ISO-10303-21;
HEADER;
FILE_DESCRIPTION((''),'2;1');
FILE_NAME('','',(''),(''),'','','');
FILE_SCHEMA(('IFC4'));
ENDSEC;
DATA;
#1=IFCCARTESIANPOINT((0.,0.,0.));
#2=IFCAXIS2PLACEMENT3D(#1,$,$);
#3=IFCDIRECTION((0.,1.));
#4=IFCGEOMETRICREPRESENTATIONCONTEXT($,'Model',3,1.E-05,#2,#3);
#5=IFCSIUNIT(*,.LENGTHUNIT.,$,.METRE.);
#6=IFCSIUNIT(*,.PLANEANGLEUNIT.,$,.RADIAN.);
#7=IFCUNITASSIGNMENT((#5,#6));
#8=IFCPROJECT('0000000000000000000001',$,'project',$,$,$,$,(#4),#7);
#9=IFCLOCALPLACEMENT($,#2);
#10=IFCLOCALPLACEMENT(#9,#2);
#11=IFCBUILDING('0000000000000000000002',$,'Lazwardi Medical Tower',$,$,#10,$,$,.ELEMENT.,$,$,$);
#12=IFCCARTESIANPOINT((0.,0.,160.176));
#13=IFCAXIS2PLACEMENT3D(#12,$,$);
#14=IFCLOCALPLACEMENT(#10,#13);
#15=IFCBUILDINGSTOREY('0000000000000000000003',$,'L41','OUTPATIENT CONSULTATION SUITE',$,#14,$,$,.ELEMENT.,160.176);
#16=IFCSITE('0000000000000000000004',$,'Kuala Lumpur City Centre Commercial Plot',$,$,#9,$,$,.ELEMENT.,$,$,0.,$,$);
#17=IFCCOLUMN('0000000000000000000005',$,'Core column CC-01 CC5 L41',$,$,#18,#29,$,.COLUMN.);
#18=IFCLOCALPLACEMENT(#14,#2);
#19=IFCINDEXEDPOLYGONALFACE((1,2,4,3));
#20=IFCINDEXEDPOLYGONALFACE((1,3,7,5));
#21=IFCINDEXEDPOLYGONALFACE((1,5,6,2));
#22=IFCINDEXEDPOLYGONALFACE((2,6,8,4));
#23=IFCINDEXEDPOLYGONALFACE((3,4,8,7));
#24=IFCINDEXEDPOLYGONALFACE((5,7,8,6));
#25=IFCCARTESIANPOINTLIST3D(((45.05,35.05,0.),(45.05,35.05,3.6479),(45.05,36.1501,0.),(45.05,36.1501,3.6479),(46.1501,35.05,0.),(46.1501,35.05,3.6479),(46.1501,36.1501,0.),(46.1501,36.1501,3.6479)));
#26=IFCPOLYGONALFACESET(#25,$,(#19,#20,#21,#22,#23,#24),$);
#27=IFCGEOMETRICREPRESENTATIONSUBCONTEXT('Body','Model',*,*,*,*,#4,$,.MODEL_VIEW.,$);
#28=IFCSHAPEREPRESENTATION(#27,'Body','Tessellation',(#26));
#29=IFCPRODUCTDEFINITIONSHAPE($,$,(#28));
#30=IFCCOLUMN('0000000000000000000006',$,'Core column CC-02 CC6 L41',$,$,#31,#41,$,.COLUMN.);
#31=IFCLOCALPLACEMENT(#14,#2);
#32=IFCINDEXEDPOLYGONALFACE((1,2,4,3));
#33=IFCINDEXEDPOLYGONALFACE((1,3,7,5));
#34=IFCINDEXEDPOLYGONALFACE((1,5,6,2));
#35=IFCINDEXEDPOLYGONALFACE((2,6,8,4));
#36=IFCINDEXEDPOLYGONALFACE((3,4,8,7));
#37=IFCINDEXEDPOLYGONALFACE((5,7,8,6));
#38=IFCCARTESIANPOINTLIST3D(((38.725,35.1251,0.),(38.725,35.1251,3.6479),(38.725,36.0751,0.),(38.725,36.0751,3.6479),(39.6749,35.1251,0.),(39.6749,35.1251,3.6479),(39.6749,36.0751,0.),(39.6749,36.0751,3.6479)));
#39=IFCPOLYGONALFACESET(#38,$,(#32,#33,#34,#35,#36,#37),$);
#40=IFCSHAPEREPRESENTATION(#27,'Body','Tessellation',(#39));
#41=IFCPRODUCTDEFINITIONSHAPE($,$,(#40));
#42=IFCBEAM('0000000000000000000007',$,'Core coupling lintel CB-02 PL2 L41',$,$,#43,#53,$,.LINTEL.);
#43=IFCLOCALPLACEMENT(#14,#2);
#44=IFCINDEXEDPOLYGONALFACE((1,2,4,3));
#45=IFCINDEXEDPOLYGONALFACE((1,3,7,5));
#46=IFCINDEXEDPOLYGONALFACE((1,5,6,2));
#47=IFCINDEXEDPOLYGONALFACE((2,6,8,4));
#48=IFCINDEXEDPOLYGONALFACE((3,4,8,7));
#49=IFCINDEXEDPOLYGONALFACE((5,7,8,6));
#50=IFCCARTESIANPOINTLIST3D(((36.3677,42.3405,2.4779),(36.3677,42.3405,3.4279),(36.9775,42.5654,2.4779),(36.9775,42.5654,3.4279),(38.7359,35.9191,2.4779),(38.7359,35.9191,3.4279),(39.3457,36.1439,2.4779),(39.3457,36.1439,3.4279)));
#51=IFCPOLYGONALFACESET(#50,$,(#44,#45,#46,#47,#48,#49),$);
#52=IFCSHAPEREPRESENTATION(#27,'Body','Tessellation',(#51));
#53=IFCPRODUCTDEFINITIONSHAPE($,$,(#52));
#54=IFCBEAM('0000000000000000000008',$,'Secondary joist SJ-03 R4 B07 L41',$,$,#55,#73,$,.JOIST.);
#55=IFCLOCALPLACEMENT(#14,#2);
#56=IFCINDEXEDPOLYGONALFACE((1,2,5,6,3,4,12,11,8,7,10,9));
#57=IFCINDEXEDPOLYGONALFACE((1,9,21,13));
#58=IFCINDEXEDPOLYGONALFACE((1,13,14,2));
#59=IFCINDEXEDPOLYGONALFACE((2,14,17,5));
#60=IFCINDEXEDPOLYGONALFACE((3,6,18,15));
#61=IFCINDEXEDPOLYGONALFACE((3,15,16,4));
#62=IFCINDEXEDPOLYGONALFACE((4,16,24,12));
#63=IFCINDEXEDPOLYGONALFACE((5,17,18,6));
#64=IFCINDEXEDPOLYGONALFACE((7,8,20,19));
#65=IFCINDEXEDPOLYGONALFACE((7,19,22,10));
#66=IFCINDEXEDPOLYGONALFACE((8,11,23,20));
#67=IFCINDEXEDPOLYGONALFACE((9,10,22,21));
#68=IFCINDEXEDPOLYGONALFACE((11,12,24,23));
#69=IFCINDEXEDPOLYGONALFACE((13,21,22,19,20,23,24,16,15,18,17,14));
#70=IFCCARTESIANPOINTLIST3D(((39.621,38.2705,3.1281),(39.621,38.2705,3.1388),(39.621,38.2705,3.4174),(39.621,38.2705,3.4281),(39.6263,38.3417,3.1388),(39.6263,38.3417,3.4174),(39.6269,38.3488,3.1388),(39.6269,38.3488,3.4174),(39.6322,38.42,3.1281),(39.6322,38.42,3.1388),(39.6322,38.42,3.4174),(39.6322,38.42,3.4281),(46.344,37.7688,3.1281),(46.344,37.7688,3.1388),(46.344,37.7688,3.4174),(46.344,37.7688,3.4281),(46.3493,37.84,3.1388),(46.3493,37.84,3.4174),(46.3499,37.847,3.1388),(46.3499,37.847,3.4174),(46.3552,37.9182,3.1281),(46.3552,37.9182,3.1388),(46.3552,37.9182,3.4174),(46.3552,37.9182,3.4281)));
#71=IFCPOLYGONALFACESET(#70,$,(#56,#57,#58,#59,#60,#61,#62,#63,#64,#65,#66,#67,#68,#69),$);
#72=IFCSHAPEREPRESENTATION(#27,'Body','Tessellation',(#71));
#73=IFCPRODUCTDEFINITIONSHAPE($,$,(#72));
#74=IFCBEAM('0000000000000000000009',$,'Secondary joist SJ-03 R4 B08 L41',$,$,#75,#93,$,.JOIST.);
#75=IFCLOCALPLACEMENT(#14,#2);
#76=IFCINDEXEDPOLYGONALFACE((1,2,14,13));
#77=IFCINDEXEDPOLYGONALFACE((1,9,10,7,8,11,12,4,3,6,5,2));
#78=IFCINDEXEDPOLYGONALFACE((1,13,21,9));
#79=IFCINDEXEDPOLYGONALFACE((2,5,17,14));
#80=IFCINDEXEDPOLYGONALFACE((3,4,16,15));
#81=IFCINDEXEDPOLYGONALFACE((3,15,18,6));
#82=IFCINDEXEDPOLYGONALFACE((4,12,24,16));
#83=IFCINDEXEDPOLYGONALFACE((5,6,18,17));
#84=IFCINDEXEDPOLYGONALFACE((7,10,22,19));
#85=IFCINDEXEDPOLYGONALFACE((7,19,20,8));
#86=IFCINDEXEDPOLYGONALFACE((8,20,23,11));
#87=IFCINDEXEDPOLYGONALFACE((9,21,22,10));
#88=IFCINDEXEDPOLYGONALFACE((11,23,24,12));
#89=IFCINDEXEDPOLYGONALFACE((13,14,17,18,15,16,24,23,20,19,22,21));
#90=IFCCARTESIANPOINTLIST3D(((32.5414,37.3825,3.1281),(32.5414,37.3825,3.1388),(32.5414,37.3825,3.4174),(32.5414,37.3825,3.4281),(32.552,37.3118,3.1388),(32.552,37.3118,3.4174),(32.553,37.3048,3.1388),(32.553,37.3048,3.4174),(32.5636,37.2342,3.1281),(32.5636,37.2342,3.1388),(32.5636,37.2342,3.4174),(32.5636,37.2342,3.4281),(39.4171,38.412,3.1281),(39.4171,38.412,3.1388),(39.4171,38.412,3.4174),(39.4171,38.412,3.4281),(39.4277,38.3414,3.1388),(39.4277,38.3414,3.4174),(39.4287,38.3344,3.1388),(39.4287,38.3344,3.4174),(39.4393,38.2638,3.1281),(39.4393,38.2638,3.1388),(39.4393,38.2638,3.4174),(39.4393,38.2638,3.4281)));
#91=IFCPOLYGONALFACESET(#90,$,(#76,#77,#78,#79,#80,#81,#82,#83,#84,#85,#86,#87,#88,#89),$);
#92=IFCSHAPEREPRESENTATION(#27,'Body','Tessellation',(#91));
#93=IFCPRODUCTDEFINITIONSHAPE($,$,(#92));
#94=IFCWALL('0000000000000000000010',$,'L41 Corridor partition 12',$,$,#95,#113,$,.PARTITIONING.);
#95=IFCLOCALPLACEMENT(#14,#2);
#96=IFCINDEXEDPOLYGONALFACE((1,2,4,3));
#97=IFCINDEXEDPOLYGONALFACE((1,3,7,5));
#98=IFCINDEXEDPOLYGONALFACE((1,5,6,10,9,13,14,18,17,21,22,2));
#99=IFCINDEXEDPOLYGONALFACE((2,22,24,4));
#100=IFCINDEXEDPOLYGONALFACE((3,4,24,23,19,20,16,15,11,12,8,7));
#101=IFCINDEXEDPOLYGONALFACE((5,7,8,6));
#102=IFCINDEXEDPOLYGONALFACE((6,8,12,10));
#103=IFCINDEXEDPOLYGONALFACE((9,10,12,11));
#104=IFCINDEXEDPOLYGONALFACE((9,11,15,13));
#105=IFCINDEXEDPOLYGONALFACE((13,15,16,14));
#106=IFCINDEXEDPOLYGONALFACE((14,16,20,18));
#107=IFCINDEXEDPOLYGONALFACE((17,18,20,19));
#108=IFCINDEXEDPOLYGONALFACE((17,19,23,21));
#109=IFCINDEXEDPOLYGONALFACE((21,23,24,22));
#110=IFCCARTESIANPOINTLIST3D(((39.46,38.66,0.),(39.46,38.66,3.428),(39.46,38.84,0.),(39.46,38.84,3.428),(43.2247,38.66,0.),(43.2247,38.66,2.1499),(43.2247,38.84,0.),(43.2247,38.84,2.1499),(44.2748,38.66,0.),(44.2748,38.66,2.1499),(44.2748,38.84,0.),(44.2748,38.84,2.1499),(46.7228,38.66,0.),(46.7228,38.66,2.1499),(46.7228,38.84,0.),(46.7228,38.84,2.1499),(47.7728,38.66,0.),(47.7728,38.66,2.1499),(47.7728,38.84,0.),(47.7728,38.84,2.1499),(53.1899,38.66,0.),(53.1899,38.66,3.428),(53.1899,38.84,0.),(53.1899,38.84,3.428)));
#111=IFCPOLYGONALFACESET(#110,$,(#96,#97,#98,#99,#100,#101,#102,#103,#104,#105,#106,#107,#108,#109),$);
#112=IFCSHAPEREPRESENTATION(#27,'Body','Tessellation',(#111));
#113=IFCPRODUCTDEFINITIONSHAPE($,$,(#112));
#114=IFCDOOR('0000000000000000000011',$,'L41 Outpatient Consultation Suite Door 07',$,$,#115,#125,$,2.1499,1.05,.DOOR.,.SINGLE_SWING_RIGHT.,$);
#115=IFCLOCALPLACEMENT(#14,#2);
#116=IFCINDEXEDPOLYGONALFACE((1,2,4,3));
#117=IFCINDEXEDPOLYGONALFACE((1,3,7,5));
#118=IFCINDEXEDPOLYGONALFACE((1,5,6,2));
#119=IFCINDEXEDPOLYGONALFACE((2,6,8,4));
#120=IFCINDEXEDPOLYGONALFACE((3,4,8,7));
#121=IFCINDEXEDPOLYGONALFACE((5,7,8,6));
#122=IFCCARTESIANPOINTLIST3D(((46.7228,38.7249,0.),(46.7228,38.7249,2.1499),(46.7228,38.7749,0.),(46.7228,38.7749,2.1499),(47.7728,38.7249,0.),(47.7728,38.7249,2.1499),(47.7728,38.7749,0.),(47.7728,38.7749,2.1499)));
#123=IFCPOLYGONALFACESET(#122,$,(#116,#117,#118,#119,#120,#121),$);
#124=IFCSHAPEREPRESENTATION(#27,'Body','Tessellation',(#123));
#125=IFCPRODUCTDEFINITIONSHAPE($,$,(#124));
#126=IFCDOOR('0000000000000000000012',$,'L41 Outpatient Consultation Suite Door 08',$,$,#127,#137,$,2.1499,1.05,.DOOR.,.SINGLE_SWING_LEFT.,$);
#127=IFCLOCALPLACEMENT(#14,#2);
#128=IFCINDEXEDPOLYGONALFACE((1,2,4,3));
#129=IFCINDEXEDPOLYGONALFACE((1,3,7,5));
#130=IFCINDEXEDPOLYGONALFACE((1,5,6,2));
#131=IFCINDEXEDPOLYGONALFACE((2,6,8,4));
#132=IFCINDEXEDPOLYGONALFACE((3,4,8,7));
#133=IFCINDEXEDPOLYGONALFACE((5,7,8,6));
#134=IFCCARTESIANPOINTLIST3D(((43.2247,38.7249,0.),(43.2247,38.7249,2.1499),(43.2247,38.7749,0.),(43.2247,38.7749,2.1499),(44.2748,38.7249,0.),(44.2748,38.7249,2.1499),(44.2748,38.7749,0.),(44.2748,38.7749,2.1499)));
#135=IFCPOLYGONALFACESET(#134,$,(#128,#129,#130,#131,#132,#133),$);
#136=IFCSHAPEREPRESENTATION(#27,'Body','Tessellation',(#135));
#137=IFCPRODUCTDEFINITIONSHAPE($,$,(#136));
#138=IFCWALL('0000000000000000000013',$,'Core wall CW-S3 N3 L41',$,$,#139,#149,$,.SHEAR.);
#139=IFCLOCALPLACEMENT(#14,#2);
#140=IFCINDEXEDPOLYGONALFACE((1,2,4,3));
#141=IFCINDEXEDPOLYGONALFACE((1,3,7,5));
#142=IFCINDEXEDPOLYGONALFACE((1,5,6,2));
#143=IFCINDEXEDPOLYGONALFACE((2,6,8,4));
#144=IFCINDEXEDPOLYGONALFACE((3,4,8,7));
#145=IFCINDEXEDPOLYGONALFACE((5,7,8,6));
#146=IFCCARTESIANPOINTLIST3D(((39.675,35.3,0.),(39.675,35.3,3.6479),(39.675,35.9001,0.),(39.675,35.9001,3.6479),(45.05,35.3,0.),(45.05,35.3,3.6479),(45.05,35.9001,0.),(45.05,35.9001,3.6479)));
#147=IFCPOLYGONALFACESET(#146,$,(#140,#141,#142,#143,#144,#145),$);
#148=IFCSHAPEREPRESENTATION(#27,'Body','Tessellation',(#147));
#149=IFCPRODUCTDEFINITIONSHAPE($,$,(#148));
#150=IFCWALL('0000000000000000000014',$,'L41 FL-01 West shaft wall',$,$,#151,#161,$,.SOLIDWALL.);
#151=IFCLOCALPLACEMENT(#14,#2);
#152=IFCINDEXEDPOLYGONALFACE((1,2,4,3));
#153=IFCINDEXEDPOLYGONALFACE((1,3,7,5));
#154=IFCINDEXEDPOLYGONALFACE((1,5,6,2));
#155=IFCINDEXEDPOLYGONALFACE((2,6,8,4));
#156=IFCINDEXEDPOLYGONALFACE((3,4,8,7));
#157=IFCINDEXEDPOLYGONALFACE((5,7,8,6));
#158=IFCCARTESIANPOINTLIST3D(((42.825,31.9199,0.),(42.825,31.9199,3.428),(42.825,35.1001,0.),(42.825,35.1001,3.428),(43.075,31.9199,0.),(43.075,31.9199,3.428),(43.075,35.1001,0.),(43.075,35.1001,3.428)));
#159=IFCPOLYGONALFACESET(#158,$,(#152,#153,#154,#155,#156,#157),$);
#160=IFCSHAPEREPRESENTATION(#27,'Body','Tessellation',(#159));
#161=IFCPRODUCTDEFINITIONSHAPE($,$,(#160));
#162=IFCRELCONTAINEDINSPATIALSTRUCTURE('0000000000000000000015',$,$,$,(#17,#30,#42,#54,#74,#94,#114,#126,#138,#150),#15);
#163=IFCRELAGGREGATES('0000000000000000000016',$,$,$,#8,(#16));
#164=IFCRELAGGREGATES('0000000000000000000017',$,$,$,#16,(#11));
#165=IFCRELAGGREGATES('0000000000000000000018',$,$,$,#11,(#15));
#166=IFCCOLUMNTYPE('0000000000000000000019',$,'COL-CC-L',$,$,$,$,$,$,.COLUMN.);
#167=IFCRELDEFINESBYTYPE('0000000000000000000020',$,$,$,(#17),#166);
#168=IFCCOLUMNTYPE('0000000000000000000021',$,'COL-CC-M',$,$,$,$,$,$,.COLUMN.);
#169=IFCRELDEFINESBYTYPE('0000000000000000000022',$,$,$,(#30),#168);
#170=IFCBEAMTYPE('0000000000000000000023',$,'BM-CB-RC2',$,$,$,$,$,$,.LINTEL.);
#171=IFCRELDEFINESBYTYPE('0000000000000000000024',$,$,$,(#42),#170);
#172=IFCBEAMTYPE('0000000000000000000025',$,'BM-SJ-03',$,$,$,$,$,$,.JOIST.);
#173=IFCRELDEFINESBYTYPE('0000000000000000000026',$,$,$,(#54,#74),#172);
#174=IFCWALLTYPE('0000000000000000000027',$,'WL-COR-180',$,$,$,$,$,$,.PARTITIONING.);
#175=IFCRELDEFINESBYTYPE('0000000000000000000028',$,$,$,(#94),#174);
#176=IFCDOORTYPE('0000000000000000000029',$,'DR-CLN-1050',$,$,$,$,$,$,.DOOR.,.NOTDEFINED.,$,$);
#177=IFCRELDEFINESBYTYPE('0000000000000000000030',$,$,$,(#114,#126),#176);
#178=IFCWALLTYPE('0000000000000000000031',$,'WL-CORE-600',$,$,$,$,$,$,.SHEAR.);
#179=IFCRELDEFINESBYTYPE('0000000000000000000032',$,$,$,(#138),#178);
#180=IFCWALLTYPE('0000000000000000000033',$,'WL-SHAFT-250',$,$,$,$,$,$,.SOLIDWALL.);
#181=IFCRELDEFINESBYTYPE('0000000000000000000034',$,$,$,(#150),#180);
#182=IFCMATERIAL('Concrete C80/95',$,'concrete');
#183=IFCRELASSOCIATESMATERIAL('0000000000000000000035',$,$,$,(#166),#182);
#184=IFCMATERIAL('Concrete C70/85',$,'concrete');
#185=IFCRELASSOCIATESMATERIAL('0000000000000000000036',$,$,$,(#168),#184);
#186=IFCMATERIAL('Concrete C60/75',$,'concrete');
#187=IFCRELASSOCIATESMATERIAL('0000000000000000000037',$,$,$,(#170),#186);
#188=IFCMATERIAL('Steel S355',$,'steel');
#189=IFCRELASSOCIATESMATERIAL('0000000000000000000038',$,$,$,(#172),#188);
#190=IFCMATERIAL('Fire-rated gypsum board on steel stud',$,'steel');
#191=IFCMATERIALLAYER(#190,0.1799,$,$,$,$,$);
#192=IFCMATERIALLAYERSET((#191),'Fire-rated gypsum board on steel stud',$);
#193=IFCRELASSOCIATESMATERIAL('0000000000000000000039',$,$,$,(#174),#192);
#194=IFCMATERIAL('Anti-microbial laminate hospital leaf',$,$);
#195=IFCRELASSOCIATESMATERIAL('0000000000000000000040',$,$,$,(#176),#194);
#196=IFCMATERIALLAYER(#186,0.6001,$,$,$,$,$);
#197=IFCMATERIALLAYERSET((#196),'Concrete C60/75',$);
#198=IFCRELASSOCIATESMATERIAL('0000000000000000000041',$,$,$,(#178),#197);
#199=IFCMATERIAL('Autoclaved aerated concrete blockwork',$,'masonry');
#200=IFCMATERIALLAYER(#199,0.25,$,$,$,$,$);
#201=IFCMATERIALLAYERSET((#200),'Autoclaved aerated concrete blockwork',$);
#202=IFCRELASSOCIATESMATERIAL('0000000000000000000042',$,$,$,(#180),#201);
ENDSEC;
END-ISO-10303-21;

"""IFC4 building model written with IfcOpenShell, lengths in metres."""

from ifc_helpers import new_model, si_unit, direction, frame, frame_2d, origin, origin_2d, place, context, subcontext, project, spatial, rectangle, i_section, extrude, material, layer, layer_set, material_profile, profile_set, type_object, element, fill, save


model = new_model("IFC4")

# Units and contexts
model_context = context("Model", 3, precision=1e-05, world=origin(), true_north=direction((0.0, 1.0)))
body_context = subcontext(model_context, "Body", "Model", "MODEL_VIEW")
ifc_project = project(units=[si_unit("LENGTHUNIT", "METRE"), si_unit("PLANEANGLEUNIT", "RADIAN")], contexts=[model_context])

# Site, building, storey
site_placement = place(None, origin())
site = spatial("IfcSite", under=ifc_project, at=site_placement, Name="Kuala Lumpur City Centre Commercial Plot", CompositionType="ELEMENT", RefElevation=0.0)
building_placement = place(site_placement, origin())
building = spatial("IfcBuilding", under=site, at=building_placement, Name="Lazwardi Medical Tower", CompositionType="ELEMENT")
storey_placement = place(building_placement, frame((0.0, 0.0, 160.176)))
storey = spatial("IfcBuildingStorey", under=building, at=storey_placement, Name="L41", Description="OUTPATIENT CONSULTATION SUITE", CompositionType="ELEMENT", Elevation=160.176)

# Columns
ifc_material_1 = material(Name="Concrete C80/95", Category="concrete")
ifc_material_profile_1 = material_profile(ifc_material_1, rectangle(XDim=1.1001, YDim=1.1001, at=origin_2d()), Name="RC 1100x1100")
ifc_profile_set_1 = profile_set([ifc_material_profile_1], Name="Concrete C80/95")
column_type_1 = type_object("IfcColumnType", Name="COL-CC-L", PredefinedType="COLUMN", material=ifc_profile_set_1)
column_1_placement = place(storey_placement, frame((45.6001, 35.6001, 0.0), z_axis=(0.0, 0.0, 1.0), x_axis=(1.0, 0.0, 0.0)))
element("IfcColumn", 1, at=column_1_placement, inside=storey, type_object=column_type_1, Name="Core column CC-01 CC5 L41", PredefinedType="COLUMN", context=body_context, shape_type="SweptSolid", body=[
    extrude(rectangle(XDim=1.1001, YDim=1.1001, at=origin_2d()), origin(), (0.0, 0.0, 1.0), 3.6479),
])
ifc_material_2 = material(Name="Concrete C70/85", Category="concrete")
ifc_material_profile_2 = material_profile(ifc_material_2, rectangle(XDim=0.95, YDim=0.95, at=origin_2d()), Name="RC 950x950")
ifc_profile_set_2 = profile_set([ifc_material_profile_2], Name="Concrete C70/85")
column_type_2 = type_object("IfcColumnType", Name="COL-CC-M", PredefinedType="COLUMN", material=ifc_profile_set_2)
column_2_placement = place(storey_placement, frame((39.2, 35.6001, 0.0), z_axis=(0.0, 0.0, 1.0), x_axis=(1.0, 0.0, 0.0)))
element("IfcColumn", 2, at=column_2_placement, inside=storey, type_object=column_type_2, Name="Core column CC-02 CC6 L41", PredefinedType="COLUMN", context=body_context, shape_type="SweptSolid", body=[
    extrude(rectangle(XDim=0.95, YDim=0.95, at=origin_2d()), origin(), (0.0, 0.0, 1.0), 3.6479),
])

# Beams
ifc_material_3 = material(Name="Concrete C60/75", Category="concrete")
ifc_material_profile_3 = material_profile(ifc_material_3, rectangle(XDim=0.6499, YDim=0.95, at=origin_2d()), Name="RC 650x950")
ifc_profile_set_3 = profile_set([ifc_material_profile_3], Name="Concrete C60/75")
beam_type_1 = type_object("IfcBeamType", Name="BM-CB-RC2", PredefinedType="LINTEL", material=ifc_profile_set_3)
beam_1_placement = place(storey_placement, frame((39.0408, 36.0315, 2.9529), z_axis=(-0.346013, 0.93823, 0.0), x_axis=(-0.93823, -0.346013, 0.0)))
element("IfcBeam", 3, at=beam_1_placement, inside=storey, type_object=beam_type_1, Name="Core coupling lintel CB-02 PL2 L41", PredefinedType="LINTEL", context=body_context, shape_type="SweptSolid", body=[
    extrude(rectangle(XDim=0.6499, YDim=0.95, at=origin_2d()), origin(), (0.0, 0.0, 1.0), 6.8442),
])
ifc_material_4 = material(Name="Steel S355", Category="steel")
ifc_material_profile_4 = material_profile(ifc_material_4, i_section(OverallWidth=0.1499, OverallDepth=0.3, WebThickness=0.0071, FlangeThickness=0.0107, at=origin_2d()), Name="IPE 300")
ifc_profile_set_4 = profile_set([ifc_material_profile_4], Name="Steel S355")
beam_type_2 = type_object("IfcBeamType", Name="BM-SJ-03", PredefinedType="JOIST", material=ifc_profile_set_4)
beam_2_placement = place(storey_placement, frame((46.3496, 37.8435, 3.2781), z_axis=(-0.997227, 0.07442, 0.0), x_axis=(-0.07442, -0.997227, 0.0)))
element("IfcBeam", 4, at=beam_2_placement, inside=storey, type_object=beam_type_2, Name="Secondary joist SJ-03 R4 B07 L41", PredefinedType="JOIST", context=body_context, shape_type="SweptSolid", body=[
    extrude(i_section(OverallWidth=0.1499, OverallDepth=0.3, WebThickness=0.0071, FlangeThickness=0.0107, at=origin_2d()), origin(), (0.0, 0.0, 1.0), 6.7417),
])
beam_3_placement = place(storey_placement, frame((39.4282, 38.3379, 3.2781), z_axis=(-0.988975, -0.148085, 0.0), x_axis=(0.148085, -0.988975, 0.0)))
element("IfcBeam", 5, at=beam_3_placement, inside=storey, type_object=beam_type_2, Name="Secondary joist SJ-03 R4 B08 L41", PredefinedType="JOIST", context=body_context, shape_type="SweptSolid", body=[
    extrude(i_section(OverallWidth=0.1499, OverallDepth=0.3, WebThickness=0.0071, FlangeThickness=0.0107, at=origin_2d()), origin(), (0.0, 0.0, 1.0), 6.9524),
])

# Wall, openings, doors
ifc_material_5 = material(Name="Fire-rated gypsum board on steel stud", Category="steel")
ifc_layer_1 = layer(ifc_material_5, 0.1799)
ifc_layer_set_1 = layer_set([ifc_layer_1], Name="Fire-rated gypsum board on steel stud")
wall_type_1 = type_object("IfcWallType", Name="WL-COR-180", PredefinedType="PARTITIONING", material=ifc_layer_set_1)
wall_1_placement = place(storey_placement, frame((39.46, 38.75, 0.0), z_axis=(0.0, 0.0, 1.0), x_axis=(1.0, 0.0, 0.0)))
wall_1 = element("IfcWall", 6, at=wall_1_placement, inside=storey, type_object=wall_type_1, Name="L41 Corridor partition 12", PredefinedType="PARTITIONING", context=body_context, shape_type="SweptSolid", body=[
    extrude(rectangle(XDim=13.73, YDim=0.1799, at=frame_2d((6.865, 0.0))), origin(), (0.0, 0.0, 1.0), 3.428),
])
opening_1_placement = place(wall_1_placement, frame((7.2629, 0.0, 0.0)))
opening_1 = element("IfcOpeningElement", 7, at=opening_1_placement, cuts=wall_1, PredefinedType="OPENING", context=body_context, shape_type="SweptSolid", body=[
    extrude(rectangle(XDim=1.05, YDim=2.1499, at=frame_2d((0.5249, 1.075))), frame((0.0, 0.0999, 0.0), z_axis=(0.0, -1.0, 0.0), x_axis=(1.0, 0.0, 0.0)), (0.0, 0.0, 1.0), 0.2),
])
opening_2_placement = place(wall_1_placement, frame((3.7649, 0.0, 0.0)))
opening_2 = element("IfcOpeningElement", 8, at=opening_2_placement, cuts=wall_1, PredefinedType="OPENING", context=body_context, shape_type="SweptSolid", body=[
    extrude(rectangle(XDim=1.05, YDim=2.1499, at=frame_2d((0.5249, 1.075))), frame((0.0, 0.0999, 0.0), z_axis=(0.0, -1.0, 0.0), x_axis=(1.0, 0.0, 0.0)), (0.0, 0.0, 1.0), 0.2),
])
ifc_material_6 = material(Name="Anti-microbial laminate hospital leaf")
door_type_1 = type_object("IfcDoorType", Name="DR-CLN-1050", OperationType="NOTDEFINED", PredefinedType="DOOR", material=ifc_material_6)
door_1_placement = place(opening_1_placement, origin())
door_1 = element("IfcDoor", 9, at=door_1_placement, inside=storey, type_object=door_type_1, Name="L41 Outpatient Consultation Suite Door 07", OperationType="SINGLE_SWING_RIGHT", OverallHeight=2.1499, OverallWidth=1.05, PredefinedType="DOOR", context=body_context, shape_type="SweptSolid", body=[
    extrude(rectangle(XDim=1.05, YDim=2.1499, at=frame_2d((0.5249, 1.075))), frame((0.0, 0.0249, 0.0), z_axis=(0.0, -1.0, 0.0), x_axis=(1.0, 0.0, 0.0)), (0.0, 0.0, 1.0), 0.05),
])
fill(opening_1, door_1)
door_2_placement = place(opening_2_placement, origin())
door_2 = element("IfcDoor", 10, at=door_2_placement, inside=storey, type_object=door_type_1, Name="L41 Outpatient Consultation Suite Door 08", OperationType="SINGLE_SWING_LEFT", OverallHeight=2.1499, OverallWidth=1.05, PredefinedType="DOOR", context=body_context, shape_type="SweptSolid", body=[
    extrude(rectangle(XDim=1.05, YDim=2.1499, at=frame_2d((0.5249, 1.075))), frame((0.0, 0.0249, 0.0), z_axis=(0.0, -1.0, 0.0), x_axis=(1.0, 0.0, 0.0)), (0.0, 0.0, 1.0), 0.05),
])
fill(opening_2, door_2)

# Walls
ifc_layer_2 = layer(ifc_material_3, 0.6001)
ifc_layer_set_2 = layer_set([ifc_layer_2], Name="Concrete C60/75")
wall_type_2 = type_object("IfcWallType", Name="WL-CORE-600", PredefinedType="SHEAR", material=ifc_layer_set_2)
wall_2_placement = place(storey_placement, frame((39.675, 35.6001, 0.0), z_axis=(0.0, 0.0, 1.0), x_axis=(1.0, 0.0, 0.0)))
element("IfcWall", 11, at=wall_2_placement, inside=storey, type_object=wall_type_2, Name="Core wall CW-S3 N3 L41", PredefinedType="SHEAR", context=body_context, shape_type="SweptSolid", body=[
    extrude(rectangle(XDim=5.375, YDim=0.6001, at=frame_2d((2.6875, 0.0))), origin(), (0.0, 0.0, 1.0), 3.6479),
])
ifc_material_7 = material(Name="Autoclaved aerated concrete blockwork", Category="masonry")
ifc_layer_3 = layer(ifc_material_7, 0.25)
ifc_layer_set_3 = layer_set([ifc_layer_3], Name="Autoclaved aerated concrete blockwork")
wall_type_3 = type_object("IfcWallType", Name="WL-SHAFT-250", PredefinedType="SOLIDWALL", material=ifc_layer_set_3)
wall_3_placement = place(storey_placement, frame((42.95, 31.9199, 0.0), z_axis=(0.0, 0.0, 1.0), x_axis=(0.0, 1.0, 0.0)))
element("IfcWall", 12, at=wall_3_placement, inside=storey, type_object=wall_type_3, Name="L41 FL-01 West shaft wall", PredefinedType="SOLIDWALL", context=body_context, shape_type="SweptSolid", body=[
    extrude(rectangle(XDim=3.1802, YDim=0.25, at=frame_2d((1.5901, 0.0))), origin(), (0.0, 0.0, 1.0), 3.428),
])

save(model, "model.ifc")
